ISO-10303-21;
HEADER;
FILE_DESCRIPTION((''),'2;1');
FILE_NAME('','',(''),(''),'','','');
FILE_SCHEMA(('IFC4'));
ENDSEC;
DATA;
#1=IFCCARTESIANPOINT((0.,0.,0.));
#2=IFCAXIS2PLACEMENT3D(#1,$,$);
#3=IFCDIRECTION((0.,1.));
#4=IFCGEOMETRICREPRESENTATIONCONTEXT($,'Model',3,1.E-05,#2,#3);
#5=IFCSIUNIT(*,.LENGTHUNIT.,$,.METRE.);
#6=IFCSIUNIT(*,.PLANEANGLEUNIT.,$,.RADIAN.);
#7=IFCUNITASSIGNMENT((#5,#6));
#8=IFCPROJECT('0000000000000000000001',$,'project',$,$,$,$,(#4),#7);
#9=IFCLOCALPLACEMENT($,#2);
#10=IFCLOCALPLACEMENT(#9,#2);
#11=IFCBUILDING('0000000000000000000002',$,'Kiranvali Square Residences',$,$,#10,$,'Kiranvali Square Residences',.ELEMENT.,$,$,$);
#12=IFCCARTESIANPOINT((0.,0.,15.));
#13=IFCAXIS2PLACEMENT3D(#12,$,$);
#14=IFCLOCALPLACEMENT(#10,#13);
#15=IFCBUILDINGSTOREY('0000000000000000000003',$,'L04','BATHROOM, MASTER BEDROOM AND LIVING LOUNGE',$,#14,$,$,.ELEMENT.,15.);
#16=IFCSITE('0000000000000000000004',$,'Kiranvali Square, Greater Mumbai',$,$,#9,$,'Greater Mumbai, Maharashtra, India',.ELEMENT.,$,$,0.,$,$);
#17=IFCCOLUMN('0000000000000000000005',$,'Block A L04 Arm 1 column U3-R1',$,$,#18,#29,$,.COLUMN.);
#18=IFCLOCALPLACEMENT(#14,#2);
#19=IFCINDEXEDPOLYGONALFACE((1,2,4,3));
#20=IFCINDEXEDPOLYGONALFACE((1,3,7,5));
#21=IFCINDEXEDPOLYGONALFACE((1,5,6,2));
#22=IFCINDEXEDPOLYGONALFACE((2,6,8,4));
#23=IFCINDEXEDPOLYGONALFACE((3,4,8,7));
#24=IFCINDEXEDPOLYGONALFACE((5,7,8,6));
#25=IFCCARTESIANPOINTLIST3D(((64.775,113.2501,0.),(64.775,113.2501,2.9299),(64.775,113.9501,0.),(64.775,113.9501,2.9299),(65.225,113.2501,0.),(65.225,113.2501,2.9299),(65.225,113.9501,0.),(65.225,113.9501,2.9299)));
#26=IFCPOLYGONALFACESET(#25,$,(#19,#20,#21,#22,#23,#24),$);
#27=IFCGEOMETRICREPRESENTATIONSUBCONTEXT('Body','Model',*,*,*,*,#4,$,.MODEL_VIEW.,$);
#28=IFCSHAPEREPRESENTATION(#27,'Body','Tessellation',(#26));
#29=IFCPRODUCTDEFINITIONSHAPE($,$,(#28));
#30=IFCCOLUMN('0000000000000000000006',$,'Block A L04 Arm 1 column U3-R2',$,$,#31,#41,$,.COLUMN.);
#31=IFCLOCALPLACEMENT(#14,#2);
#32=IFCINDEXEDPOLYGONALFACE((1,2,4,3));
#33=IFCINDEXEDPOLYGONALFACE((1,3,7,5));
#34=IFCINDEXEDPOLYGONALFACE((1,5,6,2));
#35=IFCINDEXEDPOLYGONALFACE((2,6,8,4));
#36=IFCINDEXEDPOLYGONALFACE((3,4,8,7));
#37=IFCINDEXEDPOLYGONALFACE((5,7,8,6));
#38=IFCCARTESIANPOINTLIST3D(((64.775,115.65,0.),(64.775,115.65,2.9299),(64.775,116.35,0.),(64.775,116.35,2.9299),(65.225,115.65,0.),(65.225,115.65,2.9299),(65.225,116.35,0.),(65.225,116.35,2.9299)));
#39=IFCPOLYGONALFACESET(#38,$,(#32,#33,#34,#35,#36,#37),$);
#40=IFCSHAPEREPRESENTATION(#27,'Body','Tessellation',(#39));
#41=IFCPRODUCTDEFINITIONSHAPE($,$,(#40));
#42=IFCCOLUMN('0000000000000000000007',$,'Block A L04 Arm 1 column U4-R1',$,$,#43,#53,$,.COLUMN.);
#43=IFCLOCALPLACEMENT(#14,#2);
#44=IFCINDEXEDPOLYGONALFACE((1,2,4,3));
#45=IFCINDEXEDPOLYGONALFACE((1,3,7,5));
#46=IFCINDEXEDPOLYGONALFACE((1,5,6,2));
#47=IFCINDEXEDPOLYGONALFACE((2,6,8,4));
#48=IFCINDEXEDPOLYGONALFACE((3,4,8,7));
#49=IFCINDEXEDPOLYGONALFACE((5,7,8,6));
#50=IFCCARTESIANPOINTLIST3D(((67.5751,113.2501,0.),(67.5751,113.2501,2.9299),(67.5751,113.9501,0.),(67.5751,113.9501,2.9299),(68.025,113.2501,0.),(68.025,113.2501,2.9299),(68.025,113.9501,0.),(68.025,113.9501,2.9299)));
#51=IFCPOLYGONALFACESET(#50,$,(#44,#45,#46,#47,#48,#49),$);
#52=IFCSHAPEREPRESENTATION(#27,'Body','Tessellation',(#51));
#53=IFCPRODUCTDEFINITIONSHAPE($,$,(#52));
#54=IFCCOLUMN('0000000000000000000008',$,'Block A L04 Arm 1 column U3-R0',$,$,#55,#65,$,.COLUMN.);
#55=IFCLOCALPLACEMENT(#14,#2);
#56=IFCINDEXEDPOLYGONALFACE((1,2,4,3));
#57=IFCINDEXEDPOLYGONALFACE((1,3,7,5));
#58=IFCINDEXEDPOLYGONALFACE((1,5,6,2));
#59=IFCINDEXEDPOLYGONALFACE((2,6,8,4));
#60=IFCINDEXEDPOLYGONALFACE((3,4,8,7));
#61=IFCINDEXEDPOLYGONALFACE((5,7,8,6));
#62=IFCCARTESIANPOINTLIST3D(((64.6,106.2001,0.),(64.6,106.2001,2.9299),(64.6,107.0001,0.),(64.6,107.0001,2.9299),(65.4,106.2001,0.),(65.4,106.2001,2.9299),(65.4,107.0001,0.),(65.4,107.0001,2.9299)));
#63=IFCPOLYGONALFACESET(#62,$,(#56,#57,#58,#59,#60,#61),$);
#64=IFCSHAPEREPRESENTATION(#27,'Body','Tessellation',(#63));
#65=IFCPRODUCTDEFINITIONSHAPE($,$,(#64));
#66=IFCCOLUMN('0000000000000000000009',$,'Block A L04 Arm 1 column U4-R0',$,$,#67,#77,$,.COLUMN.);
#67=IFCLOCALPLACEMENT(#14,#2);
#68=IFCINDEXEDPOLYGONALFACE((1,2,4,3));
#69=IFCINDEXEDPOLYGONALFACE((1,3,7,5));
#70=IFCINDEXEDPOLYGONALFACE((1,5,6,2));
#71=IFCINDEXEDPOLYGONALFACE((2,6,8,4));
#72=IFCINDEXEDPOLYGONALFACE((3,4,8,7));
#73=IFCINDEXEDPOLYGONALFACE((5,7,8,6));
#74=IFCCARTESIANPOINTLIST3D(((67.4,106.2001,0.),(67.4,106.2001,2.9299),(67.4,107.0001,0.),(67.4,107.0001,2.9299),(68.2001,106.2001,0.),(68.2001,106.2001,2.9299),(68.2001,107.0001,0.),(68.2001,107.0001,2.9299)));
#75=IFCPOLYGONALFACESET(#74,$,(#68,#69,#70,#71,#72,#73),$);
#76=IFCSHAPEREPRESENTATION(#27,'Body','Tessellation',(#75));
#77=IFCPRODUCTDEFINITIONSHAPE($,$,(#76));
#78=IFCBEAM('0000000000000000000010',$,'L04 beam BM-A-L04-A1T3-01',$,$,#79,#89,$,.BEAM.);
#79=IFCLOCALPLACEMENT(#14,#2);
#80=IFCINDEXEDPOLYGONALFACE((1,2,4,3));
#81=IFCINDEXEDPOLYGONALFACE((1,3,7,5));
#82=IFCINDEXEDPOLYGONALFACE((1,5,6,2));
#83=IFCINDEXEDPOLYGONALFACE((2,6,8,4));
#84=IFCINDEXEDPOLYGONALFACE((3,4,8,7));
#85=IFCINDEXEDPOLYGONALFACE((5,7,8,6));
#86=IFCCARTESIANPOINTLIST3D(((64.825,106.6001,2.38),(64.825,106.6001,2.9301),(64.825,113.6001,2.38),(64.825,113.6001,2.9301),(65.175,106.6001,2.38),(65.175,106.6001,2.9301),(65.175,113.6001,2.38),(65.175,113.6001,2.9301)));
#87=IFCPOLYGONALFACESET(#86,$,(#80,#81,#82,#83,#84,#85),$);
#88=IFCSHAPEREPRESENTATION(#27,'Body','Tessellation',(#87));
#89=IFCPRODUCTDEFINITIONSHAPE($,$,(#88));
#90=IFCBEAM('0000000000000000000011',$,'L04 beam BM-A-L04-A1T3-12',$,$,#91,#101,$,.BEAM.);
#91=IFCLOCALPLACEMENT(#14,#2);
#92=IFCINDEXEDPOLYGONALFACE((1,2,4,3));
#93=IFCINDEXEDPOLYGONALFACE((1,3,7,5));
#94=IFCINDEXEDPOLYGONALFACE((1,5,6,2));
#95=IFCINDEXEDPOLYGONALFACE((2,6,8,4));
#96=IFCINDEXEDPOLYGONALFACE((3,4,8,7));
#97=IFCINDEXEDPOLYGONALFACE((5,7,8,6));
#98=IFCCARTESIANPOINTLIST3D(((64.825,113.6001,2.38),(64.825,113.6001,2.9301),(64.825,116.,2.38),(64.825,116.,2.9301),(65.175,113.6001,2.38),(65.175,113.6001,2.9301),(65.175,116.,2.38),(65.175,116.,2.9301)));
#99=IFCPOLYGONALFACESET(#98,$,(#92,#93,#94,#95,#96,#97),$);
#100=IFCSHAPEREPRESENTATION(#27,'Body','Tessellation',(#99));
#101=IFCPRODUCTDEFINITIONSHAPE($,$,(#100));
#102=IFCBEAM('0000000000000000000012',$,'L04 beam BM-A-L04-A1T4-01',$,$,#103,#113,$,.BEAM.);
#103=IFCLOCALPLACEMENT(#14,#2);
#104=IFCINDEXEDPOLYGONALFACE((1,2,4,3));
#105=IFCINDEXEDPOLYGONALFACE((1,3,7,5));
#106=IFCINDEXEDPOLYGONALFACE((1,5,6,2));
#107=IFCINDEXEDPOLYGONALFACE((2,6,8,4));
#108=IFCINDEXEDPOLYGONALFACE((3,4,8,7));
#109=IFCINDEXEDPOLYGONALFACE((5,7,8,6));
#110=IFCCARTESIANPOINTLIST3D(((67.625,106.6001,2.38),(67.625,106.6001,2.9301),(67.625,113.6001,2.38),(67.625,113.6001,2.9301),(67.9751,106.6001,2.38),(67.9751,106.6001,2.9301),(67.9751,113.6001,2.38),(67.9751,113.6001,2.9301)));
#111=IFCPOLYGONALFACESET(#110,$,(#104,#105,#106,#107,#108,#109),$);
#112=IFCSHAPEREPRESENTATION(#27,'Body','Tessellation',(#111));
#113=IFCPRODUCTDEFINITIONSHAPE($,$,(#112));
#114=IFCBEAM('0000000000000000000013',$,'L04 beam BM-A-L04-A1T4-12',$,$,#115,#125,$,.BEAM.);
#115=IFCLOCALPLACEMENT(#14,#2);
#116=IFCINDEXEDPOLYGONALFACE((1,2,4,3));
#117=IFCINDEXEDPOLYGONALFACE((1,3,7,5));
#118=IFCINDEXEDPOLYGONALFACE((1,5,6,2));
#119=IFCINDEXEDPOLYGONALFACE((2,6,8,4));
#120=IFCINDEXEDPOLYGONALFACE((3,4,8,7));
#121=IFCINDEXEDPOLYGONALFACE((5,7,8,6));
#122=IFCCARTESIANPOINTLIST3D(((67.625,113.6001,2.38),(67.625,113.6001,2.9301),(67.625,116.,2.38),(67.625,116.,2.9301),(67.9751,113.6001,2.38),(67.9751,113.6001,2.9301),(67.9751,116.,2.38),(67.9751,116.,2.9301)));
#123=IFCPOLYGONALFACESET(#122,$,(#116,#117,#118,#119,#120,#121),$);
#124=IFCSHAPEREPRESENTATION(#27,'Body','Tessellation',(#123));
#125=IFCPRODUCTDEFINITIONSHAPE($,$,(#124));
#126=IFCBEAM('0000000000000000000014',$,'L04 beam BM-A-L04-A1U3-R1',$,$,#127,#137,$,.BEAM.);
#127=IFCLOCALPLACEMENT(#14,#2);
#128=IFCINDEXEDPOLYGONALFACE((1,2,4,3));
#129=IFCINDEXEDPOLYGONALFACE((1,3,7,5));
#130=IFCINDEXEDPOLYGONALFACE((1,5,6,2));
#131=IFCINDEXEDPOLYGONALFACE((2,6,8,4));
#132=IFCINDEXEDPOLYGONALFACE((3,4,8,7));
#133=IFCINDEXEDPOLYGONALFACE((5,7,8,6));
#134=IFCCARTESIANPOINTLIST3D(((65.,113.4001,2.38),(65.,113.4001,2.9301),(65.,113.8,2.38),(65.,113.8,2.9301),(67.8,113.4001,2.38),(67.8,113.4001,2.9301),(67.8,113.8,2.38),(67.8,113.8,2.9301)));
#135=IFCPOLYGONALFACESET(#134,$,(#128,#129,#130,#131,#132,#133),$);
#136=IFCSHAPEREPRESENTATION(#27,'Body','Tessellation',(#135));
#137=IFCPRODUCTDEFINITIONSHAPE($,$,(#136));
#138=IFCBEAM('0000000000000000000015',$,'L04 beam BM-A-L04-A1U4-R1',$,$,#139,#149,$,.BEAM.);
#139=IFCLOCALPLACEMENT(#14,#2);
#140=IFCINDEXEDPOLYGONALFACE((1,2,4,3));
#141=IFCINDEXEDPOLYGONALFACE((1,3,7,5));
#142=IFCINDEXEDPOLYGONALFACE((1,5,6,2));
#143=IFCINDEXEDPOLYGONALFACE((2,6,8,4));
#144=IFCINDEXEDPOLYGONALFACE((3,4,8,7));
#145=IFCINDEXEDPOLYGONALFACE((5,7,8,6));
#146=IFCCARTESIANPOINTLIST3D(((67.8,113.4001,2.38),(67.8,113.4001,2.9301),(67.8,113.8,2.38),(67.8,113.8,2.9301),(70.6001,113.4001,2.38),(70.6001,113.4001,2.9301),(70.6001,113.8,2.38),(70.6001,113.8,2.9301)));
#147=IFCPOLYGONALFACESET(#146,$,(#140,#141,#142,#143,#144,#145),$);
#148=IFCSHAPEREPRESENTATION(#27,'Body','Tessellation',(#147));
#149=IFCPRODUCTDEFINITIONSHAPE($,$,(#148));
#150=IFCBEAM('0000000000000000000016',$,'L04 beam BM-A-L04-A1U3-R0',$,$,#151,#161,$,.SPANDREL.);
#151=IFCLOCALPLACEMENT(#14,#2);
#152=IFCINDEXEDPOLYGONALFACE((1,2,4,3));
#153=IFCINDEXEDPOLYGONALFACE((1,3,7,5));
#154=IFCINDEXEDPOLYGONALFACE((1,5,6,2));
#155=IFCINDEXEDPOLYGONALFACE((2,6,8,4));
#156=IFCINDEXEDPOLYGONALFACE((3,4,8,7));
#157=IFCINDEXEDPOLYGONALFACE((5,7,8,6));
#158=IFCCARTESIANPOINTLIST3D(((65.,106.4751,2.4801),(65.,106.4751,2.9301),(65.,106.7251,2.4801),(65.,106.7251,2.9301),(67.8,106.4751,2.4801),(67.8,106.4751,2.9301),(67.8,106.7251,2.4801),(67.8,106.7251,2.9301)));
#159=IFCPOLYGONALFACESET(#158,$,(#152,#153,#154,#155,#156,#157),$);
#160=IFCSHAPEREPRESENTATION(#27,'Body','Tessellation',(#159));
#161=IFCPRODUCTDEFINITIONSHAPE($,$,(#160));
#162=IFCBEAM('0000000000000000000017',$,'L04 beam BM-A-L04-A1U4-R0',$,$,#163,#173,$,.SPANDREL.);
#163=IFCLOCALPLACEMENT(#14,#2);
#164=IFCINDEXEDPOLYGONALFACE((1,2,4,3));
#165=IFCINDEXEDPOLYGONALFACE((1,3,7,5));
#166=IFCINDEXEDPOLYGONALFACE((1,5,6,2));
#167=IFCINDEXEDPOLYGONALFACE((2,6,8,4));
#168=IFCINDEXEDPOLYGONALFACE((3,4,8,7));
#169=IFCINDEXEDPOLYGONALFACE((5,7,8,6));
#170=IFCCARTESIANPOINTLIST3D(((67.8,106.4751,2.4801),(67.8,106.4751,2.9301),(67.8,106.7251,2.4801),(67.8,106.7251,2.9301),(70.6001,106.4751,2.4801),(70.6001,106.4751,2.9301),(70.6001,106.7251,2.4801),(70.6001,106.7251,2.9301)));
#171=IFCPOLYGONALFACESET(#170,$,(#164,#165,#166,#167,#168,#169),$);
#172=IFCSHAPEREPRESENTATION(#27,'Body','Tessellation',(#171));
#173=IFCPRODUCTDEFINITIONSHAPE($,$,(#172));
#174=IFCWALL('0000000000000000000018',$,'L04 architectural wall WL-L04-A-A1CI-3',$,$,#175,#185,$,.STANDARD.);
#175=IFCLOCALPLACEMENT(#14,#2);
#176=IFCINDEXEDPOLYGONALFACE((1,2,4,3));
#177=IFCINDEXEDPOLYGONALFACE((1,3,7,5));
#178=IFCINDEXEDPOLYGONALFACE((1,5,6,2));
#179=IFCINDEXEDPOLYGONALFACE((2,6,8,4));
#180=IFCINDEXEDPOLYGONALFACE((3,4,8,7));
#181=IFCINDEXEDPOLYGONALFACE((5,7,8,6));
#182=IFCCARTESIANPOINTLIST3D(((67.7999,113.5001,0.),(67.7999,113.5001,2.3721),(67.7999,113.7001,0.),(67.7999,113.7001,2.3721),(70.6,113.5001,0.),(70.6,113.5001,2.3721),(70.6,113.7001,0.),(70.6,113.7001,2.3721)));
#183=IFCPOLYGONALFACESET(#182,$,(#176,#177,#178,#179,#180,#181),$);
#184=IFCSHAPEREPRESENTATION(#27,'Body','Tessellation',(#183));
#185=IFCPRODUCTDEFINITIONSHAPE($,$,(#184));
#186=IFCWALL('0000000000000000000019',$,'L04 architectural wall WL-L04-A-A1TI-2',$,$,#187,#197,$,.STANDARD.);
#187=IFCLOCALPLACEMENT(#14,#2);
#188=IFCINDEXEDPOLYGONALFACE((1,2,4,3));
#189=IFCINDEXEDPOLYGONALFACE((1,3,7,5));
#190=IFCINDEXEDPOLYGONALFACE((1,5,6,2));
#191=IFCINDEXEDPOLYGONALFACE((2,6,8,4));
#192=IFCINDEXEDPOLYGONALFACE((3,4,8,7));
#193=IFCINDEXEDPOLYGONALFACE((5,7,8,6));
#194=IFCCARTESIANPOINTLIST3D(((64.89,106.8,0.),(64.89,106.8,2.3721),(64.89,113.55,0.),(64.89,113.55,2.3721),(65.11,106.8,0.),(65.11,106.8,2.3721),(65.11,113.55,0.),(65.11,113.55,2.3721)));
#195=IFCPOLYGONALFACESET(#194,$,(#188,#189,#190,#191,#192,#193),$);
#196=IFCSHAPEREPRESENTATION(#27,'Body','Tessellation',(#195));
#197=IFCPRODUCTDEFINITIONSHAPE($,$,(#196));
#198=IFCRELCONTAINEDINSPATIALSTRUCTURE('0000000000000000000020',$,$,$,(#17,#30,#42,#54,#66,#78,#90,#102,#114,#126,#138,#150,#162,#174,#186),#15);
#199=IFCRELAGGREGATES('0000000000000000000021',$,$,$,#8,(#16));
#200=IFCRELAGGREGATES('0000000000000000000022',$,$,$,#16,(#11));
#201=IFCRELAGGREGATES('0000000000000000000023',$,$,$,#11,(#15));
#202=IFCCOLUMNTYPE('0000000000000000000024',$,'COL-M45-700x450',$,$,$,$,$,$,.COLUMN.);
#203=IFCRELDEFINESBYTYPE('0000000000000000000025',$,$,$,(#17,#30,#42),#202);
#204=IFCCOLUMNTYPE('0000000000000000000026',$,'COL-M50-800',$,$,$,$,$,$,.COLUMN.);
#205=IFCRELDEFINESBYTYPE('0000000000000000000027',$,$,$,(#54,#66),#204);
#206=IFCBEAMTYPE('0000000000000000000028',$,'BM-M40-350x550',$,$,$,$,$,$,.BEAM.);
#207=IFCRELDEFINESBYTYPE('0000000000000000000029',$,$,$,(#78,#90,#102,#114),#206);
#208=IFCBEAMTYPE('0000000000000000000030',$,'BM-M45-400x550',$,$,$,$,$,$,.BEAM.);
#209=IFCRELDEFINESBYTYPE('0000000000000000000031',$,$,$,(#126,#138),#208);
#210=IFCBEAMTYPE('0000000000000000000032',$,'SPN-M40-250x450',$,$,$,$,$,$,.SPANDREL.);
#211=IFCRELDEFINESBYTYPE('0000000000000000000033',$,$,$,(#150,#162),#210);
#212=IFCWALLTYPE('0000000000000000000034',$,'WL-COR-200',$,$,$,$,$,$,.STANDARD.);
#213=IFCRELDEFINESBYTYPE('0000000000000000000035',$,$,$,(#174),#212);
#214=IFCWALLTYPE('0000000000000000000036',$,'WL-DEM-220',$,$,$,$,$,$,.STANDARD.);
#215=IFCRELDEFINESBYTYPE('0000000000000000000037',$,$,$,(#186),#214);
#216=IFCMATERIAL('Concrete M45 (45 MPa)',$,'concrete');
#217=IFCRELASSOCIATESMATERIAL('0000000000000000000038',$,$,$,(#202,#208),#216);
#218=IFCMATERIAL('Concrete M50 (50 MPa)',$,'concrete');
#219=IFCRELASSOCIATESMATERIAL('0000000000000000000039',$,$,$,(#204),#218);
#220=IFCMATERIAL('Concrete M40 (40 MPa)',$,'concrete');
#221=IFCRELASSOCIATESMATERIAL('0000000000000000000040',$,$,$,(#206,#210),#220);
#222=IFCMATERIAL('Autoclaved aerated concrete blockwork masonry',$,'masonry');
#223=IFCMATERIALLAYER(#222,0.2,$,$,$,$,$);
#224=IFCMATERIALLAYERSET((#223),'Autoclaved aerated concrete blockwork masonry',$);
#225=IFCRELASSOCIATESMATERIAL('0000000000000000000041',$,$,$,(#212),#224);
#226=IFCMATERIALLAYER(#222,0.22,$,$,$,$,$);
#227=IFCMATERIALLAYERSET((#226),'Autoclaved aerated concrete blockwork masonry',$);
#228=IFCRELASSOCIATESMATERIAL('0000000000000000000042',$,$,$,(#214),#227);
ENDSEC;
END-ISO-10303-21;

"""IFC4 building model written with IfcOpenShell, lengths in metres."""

from ifc_helpers import new_model, si_unit, direction, frame, frame_2d, origin, origin_2d, place, context, subcontext, project, spatial, rectangle, extrude, material, layer, layer_set, material_profile, profile_set, type_object, element, save


model = new_model("IFC4")

# Units and contexts
model_context = context("Model", 3, precision=1e-05, world=origin(), true_north=direction((0.0, 1.0)))
body_context = subcontext(model_context, "Body", "Model", "MODEL_VIEW")
ifc_project = project(units=[si_unit("LENGTHUNIT", "METRE"), si_unit("PLANEANGLEUNIT", "RADIAN")], contexts=[model_context])

# Site, building, storey
site_placement = place(None, origin())
site = spatial("IfcSite", under=ifc_project, at=site_placement, Name="Kiranvali Square, Greater Mumbai", LongName="Greater Mumbai, Maharashtra, India", CompositionType="ELEMENT", RefElevation=0.0)
building_placement = place(site_placement, origin())
building = spatial("IfcBuilding", under=site, at=building_placement, Name="Kiranvali Square Residences", LongName="Kiranvali Square Residences", CompositionType="ELEMENT")
storey_placement = place(building_placement, frame((0.0, 0.0, 15.0)))
storey = spatial("IfcBuildingStorey", under=building, at=storey_placement, Name="L04", Description="BATHROOM, MASTER BEDROOM AND LIVING LOUNGE", CompositionType="ELEMENT", Elevation=15.0)

# Columns
ifc_material_1 = material(Name="Concrete M45 (45 MPa)", Category="concrete")
ifc_material_profile_1 = material_profile(ifc_material_1, rectangle(XDim=0.45, YDim=0.7, at=origin_2d()), Name="RC 700x450")
ifc_profile_set_1 = profile_set([ifc_material_profile_1], Name="Concrete M45 (45 MPa)")
column_type_1 = type_object("IfcColumnType", Name="COL-M45-700x450", PredefinedType="COLUMN", material=ifc_profile_set_1)
for number, where, z_axis, x_axis, name in (
    (1, (65.0, 113.6001, 0.0), (0.0, 0.0, 1.0), (1.0, 0.0, 0.0), "Block A L04 Arm 1 column U3-R1"),
    (2, (65.0, 116.0, 0.0), (0.0, 0.0, 1.0), (1.0, 0.0, 0.0), "Block A L04 Arm 1 column U3-R2"),
    (3, (67.8, 113.6001, 0.0), (0.0, 0.0, 1.0), (1.0, 0.0, 0.0), "Block A L04 Arm 1 column U4-R1"),
):
    element("IfcColumn", number, at=place(storey_placement, frame(where, z_axis=z_axis, x_axis=x_axis)), inside=storey, type_object=column_type_1, Name=name, PredefinedType="COLUMN", context=body_context, shape_type="SweptSolid", body=[
        extrude(rectangle(XDim=0.45, YDim=0.7, at=origin_2d()), origin(), (0.0, 0.0, 1.0), 2.9299),
    ])
ifc_material_2 = material(Name="Concrete M50 (50 MPa)", Category="concrete")
ifc_material_profile_2 = material_profile(ifc_material_2, rectangle(XDim=0.8, YDim=0.8, at=origin_2d()), Name="RC 800x800")
ifc_profile_set_2 = profile_set([ifc_material_profile_2], Name="Concrete M50 (50 MPa)")
column_type_2 = type_object("IfcColumnType", Name="COL-M50-800", PredefinedType="COLUMN", material=ifc_profile_set_2)
for number, where, z_axis, x_axis, name in (
    (4, (65.0, 106.6001, 0.0), (0.0, 0.0, 1.0), (1.0, 0.0, 0.0), "Block A L04 Arm 1 column U3-R0"),
    (5, (67.8, 106.6001, 0.0), (0.0, 0.0, 1.0), (1.0, 0.0, 0.0), "Block A L04 Arm 1 column U4-R0"),
):
    element("IfcColumn", number, at=place(storey_placement, frame(where, z_axis=z_axis, x_axis=x_axis)), inside=storey, type_object=column_type_2, Name=name, PredefinedType="COLUMN", context=body_context, shape_type="SweptSolid", body=[
        extrude(rectangle(XDim=0.8, YDim=0.8, at=origin_2d()), origin(), (0.0, 0.0, 1.0), 2.9299),
    ])

# Beams
ifc_material_3 = material(Name="Concrete M40 (40 MPa)", Category="concrete")
ifc_material_profile_3 = material_profile(ifc_material_3, rectangle(XDim=0.3501, YDim=0.55, at=origin_2d()), Name="RC 350x550")
ifc_profile_set_3 = profile_set([ifc_material_profile_3], Name="Concrete M40 (40 MPa)")
beam_type_1 = type_object("IfcBeamType", Name="BM-M40-350x550", PredefinedType="BEAM", material=ifc_profile_set_3)
beam_1_placement = place(storey_placement, frame((65.0, 106.6001, 2.655), z_axis=(0.0, 1.0, 0.0), x_axis=(-1.0, 0.0, 0.0)))
element("IfcBeam", 6, at=beam_1_placement, inside=storey, type_object=beam_type_1, Name="L04 beam BM-A-L04-A1T3-01", PredefinedType="BEAM", context=body_context, shape_type="SweptSolid", body=[
    extrude(rectangle(XDim=0.3501, YDim=0.55, at=origin_2d()), origin(), (0.0, 0.0, 1.0), 7.0),
])
beam_2_placement = place(storey_placement, frame((65.0, 113.6001, 2.655), z_axis=(0.0, 1.0, 0.0), x_axis=(-1.0, 0.0, 0.0)))
element("IfcBeam", 7, at=beam_2_placement, inside=storey, type_object=beam_type_1, Name="L04 beam BM-A-L04-A1T3-12", PredefinedType="BEAM", context=body_context, shape_type="SweptSolid", body=[
    extrude(rectangle(XDim=0.3501, YDim=0.55, at=origin_2d()), origin(), (0.0, 0.0, 1.0), 2.3999),
])
beam_3_placement = place(storey_placement, frame((67.8, 106.6001, 2.655), z_axis=(0.0, 1.0, 0.0), x_axis=(-1.0, 0.0, 0.0)))
element("IfcBeam", 8, at=beam_3_placement, inside=storey, type_object=beam_type_1, Name="L04 beam BM-A-L04-A1T4-01", PredefinedType="BEAM", context=body_context, shape_type="SweptSolid", body=[
    extrude(rectangle(XDim=0.3501, YDim=0.55, at=origin_2d()), origin(), (0.0, 0.0, 1.0), 7.0),
])
beam_4_placement = place(storey_placement, frame((67.8, 113.6001, 2.655), z_axis=(0.0, 1.0, 0.0), x_axis=(-1.0, 0.0, 0.0)))
element("IfcBeam", 9, at=beam_4_placement, inside=storey, type_object=beam_type_1, Name="L04 beam BM-A-L04-A1T4-12", PredefinedType="BEAM", context=body_context, shape_type="SweptSolid", body=[
    extrude(rectangle(XDim=0.3501, YDim=0.55, at=origin_2d()), origin(), (0.0, 0.0, 1.0), 2.3999),
])
ifc_material_profile_4 = material_profile(ifc_material_1, rectangle(XDim=0.3999, YDim=0.55, at=origin_2d()), Name="RC 400x550")
ifc_profile_set_4 = profile_set([ifc_material_profile_4], Name="Concrete M45 (45 MPa)")
beam_type_2 = type_object("IfcBeamType", Name="BM-M45-400x550", PredefinedType="BEAM", material=ifc_profile_set_4)
for number, where, z_axis, x_axis, name in (
    (10, (65.0, 113.6001, 2.655), (1.0, 0.0, 0.0), (0.0, 1.0, 0.0), "L04 beam BM-A-L04-A1U3-R1"),
    (11, (67.8, 113.6001, 2.655), (1.0, 0.0, 0.0), (0.0, 1.0, 0.0), "L04 beam BM-A-L04-A1U4-R1"),
):
    element("IfcBeam", number, at=place(storey_placement, frame(where, z_axis=z_axis, x_axis=x_axis)), inside=storey, type_object=beam_type_2, Name=name, PredefinedType="BEAM", context=body_context, shape_type="SweptSolid", body=[
        extrude(rectangle(XDim=0.3999, YDim=0.55, at=origin_2d()), origin(), (0.0, 0.0, 1.0), 2.8),
    ])
ifc_material_profile_5 = material_profile(ifc_material_3, rectangle(XDim=0.25, YDim=0.45, at=origin_2d()), Name="RC 250x450")
ifc_profile_set_5 = profile_set([ifc_material_profile_5], Name="Concrete M40 (40 MPa)")
beam_type_3 = type_object("IfcBeamType", Name="SPN-M40-250x450", PredefinedType="SPANDREL", material=ifc_profile_set_5)
for number, where, z_axis, x_axis, name in (
    (12, (65.0, 106.6001, 2.7051), (1.0, 0.0, 0.0), (0.0, 1.0, 0.0), "L04 beam BM-A-L04-A1U3-R0"),
    (13, (67.8, 106.6001, 2.7051), (1.0, 0.0, 0.0), (0.0, 1.0, 0.0), "L04 beam BM-A-L04-A1U4-R0"),
):
    element("IfcBeam", number, at=place(storey_placement, frame(where, z_axis=z_axis, x_axis=x_axis)), inside=storey, type_object=beam_type_3, Name=name, PredefinedType="SPANDREL", context=body_context, shape_type="SweptSolid", body=[
        extrude(rectangle(XDim=0.25, YDim=0.45, at=origin_2d()), origin(), (0.0, 0.0, 1.0), 2.8),
    ])

# Shared definitions
ifc_material_4 = material(Name="Autoclaved aerated concrete blockwork masonry", Category="masonry")
ifc_layer_1 = layer(ifc_material_4, 0.2)
ifc_layer_set_1 = layer_set([ifc_layer_1], Name="Autoclaved aerated concrete blockwork masonry")
wall_type_1 = type_object("IfcWallType", Name="WL-COR-200", PredefinedType="STANDARD", material=ifc_layer_set_1)

# Walls
wall_1_placement = place(storey_placement, frame((67.8, 113.6001, 0.0), z_axis=(0.0, 0.0, 1.0), x_axis=(1.0, 0.0, 0.0)))
element("IfcWall", 14, at=wall_1_placement, inside=storey, type_object=wall_type_1, Name="L04 architectural wall WL-L04-A-A1CI-3", PredefinedType="STANDARD", context=body_context, shape_type="SweptSolid", body=[
    extrude(rectangle(XDim=2.8, YDim=0.2, at=frame_2d((1.3999, 0.0))), origin(), (0.0, 0.0, 1.0), 2.3721),
])
ifc_layer_2 = layer(ifc_material_4, 0.22)
ifc_layer_set_2 = layer_set([ifc_layer_2], Name="Autoclaved aerated concrete blockwork masonry")
wall_type_2 = type_object("IfcWallType", Name="WL-DEM-220", PredefinedType="STANDARD", material=ifc_layer_set_2)
wall_2_placement = place(storey_placement, frame((65.0, 106.8, 0.0), z_axis=(0.0, 0.0, 1.0), x_axis=(0.0, 1.0, 0.0)))
element("IfcWall", 15, at=wall_2_placement, inside=storey, type_object=wall_type_2, Name="L04 architectural wall WL-L04-A-A1TI-2", PredefinedType="STANDARD", context=body_context, shape_type="SweptSolid", body=[
    extrude(rectangle(XDim=6.75, YDim=0.22, at=frame_2d((3.375, 0.0))), origin(), (0.0, 0.0, 1.0), 2.3721),
])

save(model, "model.ifc")
